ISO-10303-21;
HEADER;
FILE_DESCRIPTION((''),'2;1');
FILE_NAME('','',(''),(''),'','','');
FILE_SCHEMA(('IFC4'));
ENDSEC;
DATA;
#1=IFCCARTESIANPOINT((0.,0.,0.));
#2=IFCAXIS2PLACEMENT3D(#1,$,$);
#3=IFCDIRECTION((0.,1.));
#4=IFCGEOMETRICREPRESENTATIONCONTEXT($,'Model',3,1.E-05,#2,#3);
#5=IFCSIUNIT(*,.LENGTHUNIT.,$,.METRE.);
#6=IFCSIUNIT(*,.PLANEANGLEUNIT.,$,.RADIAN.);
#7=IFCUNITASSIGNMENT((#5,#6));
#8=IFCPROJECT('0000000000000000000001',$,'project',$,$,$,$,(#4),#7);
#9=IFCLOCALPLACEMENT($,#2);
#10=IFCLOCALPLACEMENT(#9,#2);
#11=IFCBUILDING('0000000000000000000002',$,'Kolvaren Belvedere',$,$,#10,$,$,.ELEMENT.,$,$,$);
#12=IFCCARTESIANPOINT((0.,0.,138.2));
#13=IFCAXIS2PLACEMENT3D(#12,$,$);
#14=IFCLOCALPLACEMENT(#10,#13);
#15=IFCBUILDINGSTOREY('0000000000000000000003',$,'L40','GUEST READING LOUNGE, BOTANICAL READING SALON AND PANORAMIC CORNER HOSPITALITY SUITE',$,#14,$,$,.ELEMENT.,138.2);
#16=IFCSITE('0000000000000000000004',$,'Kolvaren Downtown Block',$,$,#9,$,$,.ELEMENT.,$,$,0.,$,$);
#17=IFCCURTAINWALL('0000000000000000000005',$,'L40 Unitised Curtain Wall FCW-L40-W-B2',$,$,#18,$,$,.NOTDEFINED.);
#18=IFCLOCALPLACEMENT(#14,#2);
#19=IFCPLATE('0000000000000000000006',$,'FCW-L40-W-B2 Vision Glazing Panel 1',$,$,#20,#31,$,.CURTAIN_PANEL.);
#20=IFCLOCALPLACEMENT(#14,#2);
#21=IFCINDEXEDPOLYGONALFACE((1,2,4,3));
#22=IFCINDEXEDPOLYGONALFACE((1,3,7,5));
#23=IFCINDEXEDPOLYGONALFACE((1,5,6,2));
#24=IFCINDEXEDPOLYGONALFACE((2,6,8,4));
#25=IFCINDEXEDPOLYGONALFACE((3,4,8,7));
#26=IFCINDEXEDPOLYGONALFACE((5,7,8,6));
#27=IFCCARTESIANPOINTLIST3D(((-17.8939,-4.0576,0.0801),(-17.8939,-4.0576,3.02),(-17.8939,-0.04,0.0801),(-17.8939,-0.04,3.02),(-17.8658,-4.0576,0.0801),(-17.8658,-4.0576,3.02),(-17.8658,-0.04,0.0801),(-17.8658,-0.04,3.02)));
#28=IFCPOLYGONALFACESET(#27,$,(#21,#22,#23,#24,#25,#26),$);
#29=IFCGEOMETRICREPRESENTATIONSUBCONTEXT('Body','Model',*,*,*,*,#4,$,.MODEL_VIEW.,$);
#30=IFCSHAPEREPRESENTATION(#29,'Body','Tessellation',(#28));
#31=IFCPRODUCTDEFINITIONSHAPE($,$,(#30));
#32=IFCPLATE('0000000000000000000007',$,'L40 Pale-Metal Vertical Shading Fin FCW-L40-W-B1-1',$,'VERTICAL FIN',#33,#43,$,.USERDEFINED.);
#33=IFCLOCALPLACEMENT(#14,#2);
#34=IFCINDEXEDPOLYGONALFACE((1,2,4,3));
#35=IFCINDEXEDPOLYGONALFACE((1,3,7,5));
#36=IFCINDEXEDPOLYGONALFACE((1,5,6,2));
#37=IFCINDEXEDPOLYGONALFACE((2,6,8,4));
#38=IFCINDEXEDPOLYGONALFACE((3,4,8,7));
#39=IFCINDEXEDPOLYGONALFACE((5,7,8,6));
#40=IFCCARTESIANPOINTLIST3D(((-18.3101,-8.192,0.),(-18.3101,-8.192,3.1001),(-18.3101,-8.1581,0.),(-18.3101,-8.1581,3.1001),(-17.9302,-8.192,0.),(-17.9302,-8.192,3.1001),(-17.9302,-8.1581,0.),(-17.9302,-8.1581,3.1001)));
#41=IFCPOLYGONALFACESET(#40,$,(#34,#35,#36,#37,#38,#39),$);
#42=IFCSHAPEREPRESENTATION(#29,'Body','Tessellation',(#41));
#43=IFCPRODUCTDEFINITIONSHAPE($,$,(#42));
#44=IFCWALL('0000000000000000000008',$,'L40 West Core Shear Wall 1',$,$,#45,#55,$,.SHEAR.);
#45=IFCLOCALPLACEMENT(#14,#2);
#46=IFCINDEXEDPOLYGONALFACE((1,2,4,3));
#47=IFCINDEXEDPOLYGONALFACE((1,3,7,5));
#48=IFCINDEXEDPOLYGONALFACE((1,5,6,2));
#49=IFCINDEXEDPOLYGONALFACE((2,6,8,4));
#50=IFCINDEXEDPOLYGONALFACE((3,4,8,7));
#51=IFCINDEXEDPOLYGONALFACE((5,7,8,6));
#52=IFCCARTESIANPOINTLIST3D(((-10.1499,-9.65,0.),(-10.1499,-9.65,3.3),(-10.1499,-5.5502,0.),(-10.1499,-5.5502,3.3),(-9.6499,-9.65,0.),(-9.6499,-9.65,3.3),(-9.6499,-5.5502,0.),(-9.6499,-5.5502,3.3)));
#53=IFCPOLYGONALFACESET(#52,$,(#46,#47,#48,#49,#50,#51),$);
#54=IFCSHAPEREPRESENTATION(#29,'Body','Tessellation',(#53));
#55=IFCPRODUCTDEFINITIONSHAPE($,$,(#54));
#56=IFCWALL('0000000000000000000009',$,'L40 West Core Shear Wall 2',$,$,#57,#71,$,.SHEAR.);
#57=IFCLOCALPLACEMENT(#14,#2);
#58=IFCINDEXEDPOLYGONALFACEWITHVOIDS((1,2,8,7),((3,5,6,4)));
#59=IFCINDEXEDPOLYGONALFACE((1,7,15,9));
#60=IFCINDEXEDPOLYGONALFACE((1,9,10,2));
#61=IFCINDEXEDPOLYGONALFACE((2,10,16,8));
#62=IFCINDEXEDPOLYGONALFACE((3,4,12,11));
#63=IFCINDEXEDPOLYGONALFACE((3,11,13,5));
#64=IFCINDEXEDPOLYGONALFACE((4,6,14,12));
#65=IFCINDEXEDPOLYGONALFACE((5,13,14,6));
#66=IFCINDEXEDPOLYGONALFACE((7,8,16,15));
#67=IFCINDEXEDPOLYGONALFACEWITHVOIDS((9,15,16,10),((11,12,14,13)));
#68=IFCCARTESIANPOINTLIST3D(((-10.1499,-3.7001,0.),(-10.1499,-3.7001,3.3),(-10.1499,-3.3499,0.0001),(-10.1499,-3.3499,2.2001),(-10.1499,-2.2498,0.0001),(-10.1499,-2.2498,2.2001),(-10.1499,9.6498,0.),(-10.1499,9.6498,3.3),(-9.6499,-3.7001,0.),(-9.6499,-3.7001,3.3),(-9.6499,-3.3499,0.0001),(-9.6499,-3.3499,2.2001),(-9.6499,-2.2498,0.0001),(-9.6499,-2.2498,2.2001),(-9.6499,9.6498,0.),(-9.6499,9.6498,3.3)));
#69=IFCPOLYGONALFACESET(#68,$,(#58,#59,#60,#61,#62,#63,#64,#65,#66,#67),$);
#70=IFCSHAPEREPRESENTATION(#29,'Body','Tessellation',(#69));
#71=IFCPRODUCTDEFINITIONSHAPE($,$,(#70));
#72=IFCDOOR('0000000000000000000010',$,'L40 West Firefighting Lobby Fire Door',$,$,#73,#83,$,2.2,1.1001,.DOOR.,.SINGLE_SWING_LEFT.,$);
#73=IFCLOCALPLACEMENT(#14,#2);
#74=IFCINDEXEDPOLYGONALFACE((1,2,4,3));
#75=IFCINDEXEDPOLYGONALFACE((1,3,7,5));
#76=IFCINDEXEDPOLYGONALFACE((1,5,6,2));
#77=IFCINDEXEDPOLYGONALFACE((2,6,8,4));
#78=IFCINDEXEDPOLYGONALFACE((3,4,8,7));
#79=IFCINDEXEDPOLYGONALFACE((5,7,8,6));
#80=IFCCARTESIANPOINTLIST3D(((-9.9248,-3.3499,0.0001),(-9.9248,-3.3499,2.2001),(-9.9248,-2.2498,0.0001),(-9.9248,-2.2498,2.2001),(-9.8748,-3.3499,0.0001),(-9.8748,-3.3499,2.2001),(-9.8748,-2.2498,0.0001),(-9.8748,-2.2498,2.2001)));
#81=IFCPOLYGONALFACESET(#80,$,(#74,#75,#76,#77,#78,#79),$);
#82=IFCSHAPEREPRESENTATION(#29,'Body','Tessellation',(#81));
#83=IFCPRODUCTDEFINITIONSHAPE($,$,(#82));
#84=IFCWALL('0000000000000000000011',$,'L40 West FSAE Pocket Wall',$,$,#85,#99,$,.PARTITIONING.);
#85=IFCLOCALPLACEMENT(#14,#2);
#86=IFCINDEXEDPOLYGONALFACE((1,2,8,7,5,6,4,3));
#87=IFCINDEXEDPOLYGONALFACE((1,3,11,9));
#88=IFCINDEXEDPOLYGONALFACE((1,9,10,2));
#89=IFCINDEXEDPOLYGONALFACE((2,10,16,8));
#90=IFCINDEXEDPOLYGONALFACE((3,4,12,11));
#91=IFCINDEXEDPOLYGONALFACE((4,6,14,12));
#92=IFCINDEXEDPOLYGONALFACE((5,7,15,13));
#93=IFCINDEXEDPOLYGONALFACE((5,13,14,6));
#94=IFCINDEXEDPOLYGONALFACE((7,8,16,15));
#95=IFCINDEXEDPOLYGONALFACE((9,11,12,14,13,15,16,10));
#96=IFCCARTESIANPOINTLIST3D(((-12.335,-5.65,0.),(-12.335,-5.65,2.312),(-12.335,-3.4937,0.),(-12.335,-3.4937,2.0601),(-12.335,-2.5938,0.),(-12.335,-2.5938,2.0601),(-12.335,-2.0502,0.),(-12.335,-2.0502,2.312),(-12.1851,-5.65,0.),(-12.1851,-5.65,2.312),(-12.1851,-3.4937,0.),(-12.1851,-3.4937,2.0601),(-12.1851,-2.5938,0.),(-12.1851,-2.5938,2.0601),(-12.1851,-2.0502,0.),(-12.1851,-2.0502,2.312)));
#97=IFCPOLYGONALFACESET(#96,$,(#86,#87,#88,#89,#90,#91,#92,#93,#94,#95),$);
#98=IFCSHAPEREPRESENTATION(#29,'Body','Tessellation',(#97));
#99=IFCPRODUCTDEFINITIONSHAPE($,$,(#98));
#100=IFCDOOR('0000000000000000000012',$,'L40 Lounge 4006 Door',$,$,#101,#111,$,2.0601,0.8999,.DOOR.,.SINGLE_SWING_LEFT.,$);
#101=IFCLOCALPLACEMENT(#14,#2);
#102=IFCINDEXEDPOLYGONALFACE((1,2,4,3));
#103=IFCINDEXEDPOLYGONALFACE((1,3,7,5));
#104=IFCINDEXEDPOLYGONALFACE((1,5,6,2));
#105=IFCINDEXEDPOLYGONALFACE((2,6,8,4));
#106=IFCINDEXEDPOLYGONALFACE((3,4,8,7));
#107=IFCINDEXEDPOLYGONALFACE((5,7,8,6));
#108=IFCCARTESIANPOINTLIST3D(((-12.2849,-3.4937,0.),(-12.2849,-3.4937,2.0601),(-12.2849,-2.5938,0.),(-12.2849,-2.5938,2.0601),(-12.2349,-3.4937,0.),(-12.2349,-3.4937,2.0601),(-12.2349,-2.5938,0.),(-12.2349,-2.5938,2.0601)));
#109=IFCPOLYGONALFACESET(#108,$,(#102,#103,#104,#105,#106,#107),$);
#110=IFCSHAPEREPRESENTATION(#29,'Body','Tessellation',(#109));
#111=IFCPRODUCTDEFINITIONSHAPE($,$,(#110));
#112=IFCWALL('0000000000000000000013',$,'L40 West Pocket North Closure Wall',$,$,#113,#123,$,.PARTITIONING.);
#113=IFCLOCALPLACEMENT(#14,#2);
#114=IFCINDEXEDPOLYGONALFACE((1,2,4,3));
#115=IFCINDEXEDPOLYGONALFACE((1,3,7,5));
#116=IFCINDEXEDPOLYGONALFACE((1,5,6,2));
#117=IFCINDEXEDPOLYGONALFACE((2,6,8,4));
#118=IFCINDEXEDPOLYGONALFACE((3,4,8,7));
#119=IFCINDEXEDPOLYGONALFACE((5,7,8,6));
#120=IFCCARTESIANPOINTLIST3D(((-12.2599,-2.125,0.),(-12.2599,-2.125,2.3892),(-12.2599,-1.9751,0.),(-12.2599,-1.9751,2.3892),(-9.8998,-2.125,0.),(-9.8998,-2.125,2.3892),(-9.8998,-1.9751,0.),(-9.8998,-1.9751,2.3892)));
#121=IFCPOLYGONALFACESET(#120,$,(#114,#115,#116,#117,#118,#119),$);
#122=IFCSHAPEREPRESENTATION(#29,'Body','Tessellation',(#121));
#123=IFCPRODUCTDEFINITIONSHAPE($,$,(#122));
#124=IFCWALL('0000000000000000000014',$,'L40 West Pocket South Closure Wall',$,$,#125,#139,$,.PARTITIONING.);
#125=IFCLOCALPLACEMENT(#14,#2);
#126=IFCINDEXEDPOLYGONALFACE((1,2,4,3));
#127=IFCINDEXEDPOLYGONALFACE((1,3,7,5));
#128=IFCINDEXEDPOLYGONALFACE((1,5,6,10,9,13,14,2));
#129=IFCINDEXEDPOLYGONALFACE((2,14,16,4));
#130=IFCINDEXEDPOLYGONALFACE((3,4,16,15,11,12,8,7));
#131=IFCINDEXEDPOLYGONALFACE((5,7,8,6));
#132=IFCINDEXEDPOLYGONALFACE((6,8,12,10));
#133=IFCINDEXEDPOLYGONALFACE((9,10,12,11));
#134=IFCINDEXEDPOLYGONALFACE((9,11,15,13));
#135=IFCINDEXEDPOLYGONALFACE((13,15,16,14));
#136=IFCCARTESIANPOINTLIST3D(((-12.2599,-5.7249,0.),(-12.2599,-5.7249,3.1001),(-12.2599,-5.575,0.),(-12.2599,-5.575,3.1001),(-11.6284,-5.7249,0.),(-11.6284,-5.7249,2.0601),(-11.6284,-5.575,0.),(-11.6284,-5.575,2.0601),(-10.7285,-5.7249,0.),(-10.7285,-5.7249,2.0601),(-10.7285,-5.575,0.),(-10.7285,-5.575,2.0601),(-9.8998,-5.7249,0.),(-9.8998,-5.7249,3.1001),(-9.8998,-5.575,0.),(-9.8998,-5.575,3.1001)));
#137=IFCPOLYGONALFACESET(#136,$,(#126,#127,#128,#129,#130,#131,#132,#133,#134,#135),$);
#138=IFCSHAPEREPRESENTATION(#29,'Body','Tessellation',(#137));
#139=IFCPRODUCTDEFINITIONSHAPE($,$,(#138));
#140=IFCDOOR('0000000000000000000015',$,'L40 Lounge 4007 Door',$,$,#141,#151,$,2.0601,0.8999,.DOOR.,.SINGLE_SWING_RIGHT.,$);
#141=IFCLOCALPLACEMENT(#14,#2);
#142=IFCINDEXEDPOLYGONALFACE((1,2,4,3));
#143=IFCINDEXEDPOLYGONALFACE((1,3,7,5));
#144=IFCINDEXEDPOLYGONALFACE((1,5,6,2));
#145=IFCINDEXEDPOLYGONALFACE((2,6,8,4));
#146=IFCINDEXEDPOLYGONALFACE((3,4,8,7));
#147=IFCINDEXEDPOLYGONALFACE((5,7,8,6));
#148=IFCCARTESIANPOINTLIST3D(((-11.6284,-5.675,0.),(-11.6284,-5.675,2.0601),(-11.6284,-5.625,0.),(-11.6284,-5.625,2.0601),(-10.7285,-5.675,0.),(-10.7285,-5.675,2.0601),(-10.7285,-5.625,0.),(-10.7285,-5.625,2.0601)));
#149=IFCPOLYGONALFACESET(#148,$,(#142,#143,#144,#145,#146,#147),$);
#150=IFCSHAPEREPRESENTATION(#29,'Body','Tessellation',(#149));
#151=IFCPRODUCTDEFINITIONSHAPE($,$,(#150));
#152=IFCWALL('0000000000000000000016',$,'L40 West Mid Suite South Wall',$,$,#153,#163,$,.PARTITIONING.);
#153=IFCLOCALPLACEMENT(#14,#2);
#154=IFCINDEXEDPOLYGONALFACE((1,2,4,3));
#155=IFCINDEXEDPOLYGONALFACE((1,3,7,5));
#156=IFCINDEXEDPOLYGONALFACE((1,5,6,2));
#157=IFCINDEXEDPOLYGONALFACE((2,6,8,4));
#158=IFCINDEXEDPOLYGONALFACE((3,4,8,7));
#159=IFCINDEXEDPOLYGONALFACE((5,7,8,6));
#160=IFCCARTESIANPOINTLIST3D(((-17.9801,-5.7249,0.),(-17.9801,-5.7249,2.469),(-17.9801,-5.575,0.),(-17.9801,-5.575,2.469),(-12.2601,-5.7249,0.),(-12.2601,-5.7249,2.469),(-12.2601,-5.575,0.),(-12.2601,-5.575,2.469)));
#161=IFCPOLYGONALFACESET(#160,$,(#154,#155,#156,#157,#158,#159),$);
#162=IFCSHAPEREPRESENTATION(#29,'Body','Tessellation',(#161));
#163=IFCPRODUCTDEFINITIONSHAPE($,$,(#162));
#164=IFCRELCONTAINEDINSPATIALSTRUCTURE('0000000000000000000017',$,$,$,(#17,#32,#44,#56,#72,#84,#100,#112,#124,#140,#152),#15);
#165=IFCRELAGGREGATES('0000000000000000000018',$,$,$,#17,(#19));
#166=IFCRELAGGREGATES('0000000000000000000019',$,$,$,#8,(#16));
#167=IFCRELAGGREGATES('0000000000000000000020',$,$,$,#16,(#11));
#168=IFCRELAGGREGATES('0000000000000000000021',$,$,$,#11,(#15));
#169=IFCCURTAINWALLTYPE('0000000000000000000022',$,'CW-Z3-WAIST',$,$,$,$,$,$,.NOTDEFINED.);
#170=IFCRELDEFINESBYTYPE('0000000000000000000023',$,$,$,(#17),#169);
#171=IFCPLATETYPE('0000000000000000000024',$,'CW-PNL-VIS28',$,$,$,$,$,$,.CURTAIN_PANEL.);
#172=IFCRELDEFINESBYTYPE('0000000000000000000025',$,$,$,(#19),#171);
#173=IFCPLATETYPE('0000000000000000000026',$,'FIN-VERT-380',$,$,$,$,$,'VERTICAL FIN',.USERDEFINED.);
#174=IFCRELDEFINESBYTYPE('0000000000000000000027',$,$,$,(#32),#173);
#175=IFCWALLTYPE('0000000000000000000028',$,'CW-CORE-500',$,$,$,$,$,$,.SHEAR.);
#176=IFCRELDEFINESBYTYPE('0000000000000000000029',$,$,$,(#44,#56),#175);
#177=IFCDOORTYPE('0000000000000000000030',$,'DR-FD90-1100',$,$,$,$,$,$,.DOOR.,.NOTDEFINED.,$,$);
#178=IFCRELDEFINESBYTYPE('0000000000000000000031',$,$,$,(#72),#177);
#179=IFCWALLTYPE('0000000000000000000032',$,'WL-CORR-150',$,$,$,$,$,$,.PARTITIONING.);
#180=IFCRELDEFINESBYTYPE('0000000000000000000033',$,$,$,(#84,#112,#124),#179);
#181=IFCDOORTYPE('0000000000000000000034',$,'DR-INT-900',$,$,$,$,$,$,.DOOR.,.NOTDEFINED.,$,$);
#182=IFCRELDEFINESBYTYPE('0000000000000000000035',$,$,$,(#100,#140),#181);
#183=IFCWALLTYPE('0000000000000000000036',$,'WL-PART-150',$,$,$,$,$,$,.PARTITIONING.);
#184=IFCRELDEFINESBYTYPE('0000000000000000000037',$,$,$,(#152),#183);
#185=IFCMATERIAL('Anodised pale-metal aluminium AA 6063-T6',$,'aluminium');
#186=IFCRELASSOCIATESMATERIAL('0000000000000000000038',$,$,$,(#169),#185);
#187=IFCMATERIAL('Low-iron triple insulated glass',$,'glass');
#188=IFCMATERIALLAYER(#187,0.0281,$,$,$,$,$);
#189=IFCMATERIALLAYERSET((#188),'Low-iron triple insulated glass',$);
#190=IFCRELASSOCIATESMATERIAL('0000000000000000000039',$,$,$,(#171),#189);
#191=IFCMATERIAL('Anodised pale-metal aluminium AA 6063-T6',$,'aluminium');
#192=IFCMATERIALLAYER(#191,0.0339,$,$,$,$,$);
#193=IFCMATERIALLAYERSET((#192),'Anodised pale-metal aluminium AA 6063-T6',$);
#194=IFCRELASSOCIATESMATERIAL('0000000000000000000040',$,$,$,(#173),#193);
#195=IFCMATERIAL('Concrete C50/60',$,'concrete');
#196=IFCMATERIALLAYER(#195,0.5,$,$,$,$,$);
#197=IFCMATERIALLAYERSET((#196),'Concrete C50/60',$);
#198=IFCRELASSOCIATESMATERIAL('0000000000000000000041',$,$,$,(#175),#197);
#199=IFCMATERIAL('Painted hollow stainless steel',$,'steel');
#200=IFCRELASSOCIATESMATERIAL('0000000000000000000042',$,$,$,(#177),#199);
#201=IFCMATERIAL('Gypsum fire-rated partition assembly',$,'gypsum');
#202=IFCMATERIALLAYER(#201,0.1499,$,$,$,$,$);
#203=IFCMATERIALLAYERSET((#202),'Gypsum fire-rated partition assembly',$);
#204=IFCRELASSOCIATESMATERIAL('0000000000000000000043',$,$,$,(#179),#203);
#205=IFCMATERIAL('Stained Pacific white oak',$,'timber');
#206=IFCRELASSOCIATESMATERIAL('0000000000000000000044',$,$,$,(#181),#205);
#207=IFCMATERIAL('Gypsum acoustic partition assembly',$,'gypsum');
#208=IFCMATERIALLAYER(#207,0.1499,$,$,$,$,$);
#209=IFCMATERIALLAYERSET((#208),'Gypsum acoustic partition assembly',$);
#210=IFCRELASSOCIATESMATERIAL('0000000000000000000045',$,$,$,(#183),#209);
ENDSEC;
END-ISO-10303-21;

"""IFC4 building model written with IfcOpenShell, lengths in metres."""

from ifc_helpers import new_model, si_unit, direction, frame, frame_2d, origin, origin_2d, place, context, subcontext, project, spatial, rectangle, extrude, material, layer, layer_set, type_object, element, fill, aggregate, save


model = new_model("IFC4")

# Units and contexts
model_context = context("Model", 3, precision=1e-05, world=origin(), true_north=direction((0.0, 1.0)))
body_context = subcontext(model_context, "Body", "Model", "MODEL_VIEW")
ifc_project = project(units=[si_unit("LENGTHUNIT", "METRE"), si_unit("PLANEANGLEUNIT", "RADIAN")], contexts=[model_context])

# Site, building, storey
site_placement = place(None, origin())
site = spatial("IfcSite", under=ifc_project, at=site_placement, Name="Kolvaren Downtown Block", CompositionType="ELEMENT", RefElevation=0.0)
building_placement = place(site_placement, origin())
building = spatial("IfcBuilding", under=site, at=building_placement, Name="Kolvaren Belvedere", CompositionType="ELEMENT")
storey_placement = place(building_placement, frame((0.0, 0.0, 138.2)))
storey = spatial("IfcBuildingStorey", under=building, at=storey_placement, Name="L40", Description="GUEST READING LOUNGE, BOTANICAL READING SALON AND PANORAMIC CORNER HOSPITALITY SUITE", CompositionType="ELEMENT", Elevation=138.2)

# Shared definitions
ifc_material_1 = material(Name="Anodised pale-metal aluminium AA 6063-T6", Category="aluminium")
curtain_wall_type = type_object("IfcCurtainWallType", Name="CW-Z3-WAIST", PredefinedType="NOTDEFINED", material=ifc_material_1)

# Curtain wall
curtain_wall_1_placement = place(storey_placement, origin())
curtain_wall_1 = element("IfcCurtainWall", 1, at=curtain_wall_1_placement, inside=storey, type_object=curtain_wall_type, Name="L40 Unitised Curtain Wall FCW-L40-W-B2", PredefinedType="NOTDEFINED")

# Plates
ifc_material_2 = material(Name="Low-iron triple insulated glass", Category="glass")
ifc_layer_1 = layer(ifc_material_2, 0.0281)
ifc_layer_set_1 = layer_set([ifc_layer_1], Name="Low-iron triple insulated glass")
plate_type_1 = type_object("IfcPlateType", Name="CW-PNL-VIS28", PredefinedType="CURTAIN_PANEL", material=ifc_layer_set_1)
plate_1_placement = place(storey_placement, frame((-17.8799, -2.0488, 0.0801), z_axis=(0.0, 0.0, 1.0), x_axis=(0.0, 1.0, 0.0)))
plate_1 = element("IfcPlate", 2, at=plate_1_placement, type_object=plate_type_1, Name="FCW-L40-W-B2 Vision Glazing Panel 1", PredefinedType="CURTAIN_PANEL", context=body_context, shape_type="SweptSolid", body=[
    extrude(rectangle(XDim=4.0176, YDim=0.0281, at=origin_2d()), origin(), (0.0, 0.0, 1.0), 2.9399),
])
aggregate(curtain_wall_1, [plate_1])
ifc_material_3 = material(Name="Anodised pale-metal aluminium AA 6063-T6", Category="aluminium")
ifc_layer_2 = layer(ifc_material_3, 0.0339)
ifc_layer_set_2 = layer_set([ifc_layer_2], Name="Anodised pale-metal aluminium AA 6063-T6")
plate_type_2 = type_object("IfcPlateType", Name="FIN-VERT-380", ElementType="VERTICAL FIN", PredefinedType="USERDEFINED", material=ifc_layer_set_2)
plate_2_placement = place(storey_placement, frame((-18.1201, -8.175, 0.0), z_axis=(0.0, 0.0, 1.0), x_axis=(1.0, 0.0, 0.0)))
element("IfcPlate", 3, at=plate_2_placement, inside=storey, type_object=plate_type_2, Name="L40 Pale-Metal Vertical Shading Fin FCW-L40-W-B1-1", ObjectType="VERTICAL FIN", PredefinedType="USERDEFINED", context=body_context, shape_type="SweptSolid", body=[
    extrude(rectangle(XDim=0.3799, YDim=0.0339, at=origin_2d()), origin(), (0.0, 0.0, 1.0), 3.1001),
])

# Wall
ifc_material_4 = material(Name="Concrete C50/60", Category="concrete")
ifc_layer_3 = layer(ifc_material_4, 0.5)
ifc_layer_set_3 = layer_set([ifc_layer_3], Name="Concrete C50/60")
wall_type_1 = type_object("IfcWallType", Name="CW-CORE-500", PredefinedType="SHEAR", material=ifc_layer_set_3)
wall_1_placement = place(storey_placement, frame((-9.8999, -9.6499, 0.0), z_axis=(0.0, 0.0, 1.0), x_axis=(0.0, 1.0, 0.0)))
element("IfcWall", 4, at=wall_1_placement, inside=storey, type_object=wall_type_1, Name="L40 West Core Shear Wall 1", PredefinedType="SHEAR", context=body_context, shape_type="SweptSolid", body=[
    extrude(rectangle(XDim=4.0999, YDim=0.5, at=frame_2d((2.0498, 0.0))), origin(), (0.0, 0.0, 1.0), 3.3),
])

# Walls, openings, doors
wall_2_placement = place(storey_placement, frame((-9.8999, -3.7, 0.0), z_axis=(0.0, 0.0, 1.0), x_axis=(0.0, 1.0, 0.0)))
wall_2 = element("IfcWall", 5, at=wall_2_placement, inside=storey, type_object=wall_type_1, Name="L40 West Core Shear Wall 2", PredefinedType="SHEAR", context=body_context, shape_type="SweptSolid", body=[
    extrude(rectangle(XDim=13.3499, YDim=0.5, at=frame_2d((6.6748, 0.0))), origin(), (0.0, 0.0, 1.0), 3.3),
])
opening_1_placement = place(wall_2_placement, frame((0.3501, 0.0, 0.0)))
opening_1 = element("IfcOpeningElement", 6, at=opening_1_placement, cuts=wall_2, PredefinedType="OPENING", context=body_context, shape_type="SweptSolid", body=[
    extrude(rectangle(XDim=1.1001, YDim=2.2, at=frame_2d((0.55, 1.1001))), frame((0.0, 0.26, 0.0), z_axis=(0.0, -1.0, 0.0), x_axis=(1.0, 0.0, 0.0)), (0.0, 0.0, 1.0), 0.52),
])
ifc_material_5 = material(Name="Painted hollow stainless steel", Category="steel")
door_type_1 = type_object("IfcDoorType", Name="DR-FD90-1100", OperationType="NOTDEFINED", PredefinedType="DOOR", material=ifc_material_5)
door_1_placement = place(opening_1_placement, origin())
door_1 = element("IfcDoor", 7, at=door_1_placement, inside=storey, type_object=door_type_1, Name="L40 West Firefighting Lobby Fire Door", OperationType="SINGLE_SWING_LEFT", OverallHeight=2.2, OverallWidth=1.1001, PredefinedType="DOOR", context=body_context, shape_type="SweptSolid", body=[
    extrude(rectangle(XDim=1.1001, YDim=2.2, at=frame_2d((0.55, 1.1001))), frame((0.0, 0.0249, 0.0), z_axis=(0.0, -1.0, 0.0), x_axis=(1.0, 0.0, 0.0)), (0.0, 0.0, 1.0), 0.05),
])
fill(opening_1, door_1)
ifc_material_6 = material(Name="Gypsum fire-rated partition assembly", Category="gypsum")
ifc_layer_4 = layer(ifc_material_6, 0.1499)
ifc_layer_set_4 = layer_set([ifc_layer_4], Name="Gypsum fire-rated partition assembly")
wall_type_2 = type_object("IfcWallType", Name="WL-CORR-150", PredefinedType="PARTITIONING", material=ifc_layer_set_4)
wall_3_placement = place(storey_placement, frame((-12.26, -5.6499, 0.0), z_axis=(0.0, 0.0, 1.0), x_axis=(0.0, 1.0, 0.0)))
wall_3 = element("IfcWall", 8, at=wall_3_placement, inside=storey, type_object=wall_type_2, Name="L40 West FSAE Pocket Wall", PredefinedType="PARTITIONING", context=body_context, shape_type="SweptSolid", body=[
    extrude(rectangle(XDim=3.5999, YDim=0.1499, at=frame_2d((1.7998, 0.0))), origin(), (0.0, 0.0, 1.0), 2.312),
])
opening_2_placement = place(wall_3_placement, frame((2.1562, 0.0, 0.0)))
opening_2 = element("IfcOpeningElement", 9, at=opening_2_placement, cuts=wall_3, PredefinedType="OPENING", context=body_context, shape_type="SweptSolid", body=[
    extrude(rectangle(XDim=0.8999, YDim=2.0601, at=frame_2d((0.45, 1.03))), frame((0.0, 0.085, 0.0), z_axis=(0.0, -1.0, 0.0), x_axis=(1.0, 0.0, 0.0)), (0.0, 0.0, 1.0), 0.1699),
])
ifc_material_7 = material(Name="Stained Pacific white oak", Category="timber")
door_type_2 = type_object("IfcDoorType", Name="DR-INT-900", OperationType="NOTDEFINED", PredefinedType="DOOR", material=ifc_material_7)
door_2_placement = place(opening_2_placement, origin())
door_2 = element("IfcDoor", 10, at=door_2_placement, inside=storey, type_object=door_type_2, Name="L40 Lounge 4006 Door", OperationType="SINGLE_SWING_LEFT", OverallHeight=2.0601, OverallWidth=0.8999, PredefinedType="DOOR", context=body_context, shape_type="SweptSolid", body=[
    extrude(rectangle(XDim=0.8999, YDim=2.0601, at=frame_2d((0.45, 1.03))), frame((0.0, 0.0249, 0.0), z_axis=(0.0, -1.0, 0.0), x_axis=(1.0, 0.0, 0.0)), (0.0, 0.0, 1.0), 0.05),
])
fill(opening_2, door_2)

# Wall
wall_4_placement = place(storey_placement, frame((-12.26, -2.05, 0.0), z_axis=(0.0, 0.0, 1.0), x_axis=(1.0, 0.0, 0.0)))
element("IfcWall", 11, at=wall_4_placement, inside=storey, type_object=wall_type_2, Name="L40 West Pocket North Closure Wall", PredefinedType="PARTITIONING", context=body_context, shape_type="SweptSolid", body=[
    extrude(rectangle(XDim=2.3601, YDim=0.1499, at=frame_2d((1.1802, 0.0))), origin(), (0.0, 0.0, 1.0), 2.3892),
])

# Wall, opening, door
wall_5_placement = place(storey_placement, frame((-12.26, -5.6499, 0.0), z_axis=(0.0, 0.0, 1.0), x_axis=(1.0, 0.0, 0.0)))
wall_5 = element("IfcWall", 12, at=wall_5_placement, inside=storey, type_object=wall_type_2, Name="L40 West Pocket South Closure Wall", PredefinedType="PARTITIONING", context=body_context, shape_type="SweptSolid", body=[
    extrude(rectangle(XDim=2.3601, YDim=0.1499, at=frame_2d((1.1802, 0.0))), origin(), (0.0, 0.0, 1.0), 3.1001),
])
opening_3_placement = place(wall_5_placement, frame((0.6316, 0.0, 0.0)))
opening_3 = element("IfcOpeningElement", 13, at=opening_3_placement, cuts=wall_5, PredefinedType="OPENING", context=body_context, shape_type="SweptSolid", body=[
    extrude(rectangle(XDim=0.8999, YDim=2.0601, at=frame_2d((0.45, 1.03))), frame((0.0, 0.085, 0.0), z_axis=(0.0, -1.0, 0.0), x_axis=(1.0, 0.0, 0.0)), (0.0, 0.0, 1.0), 0.1699),
])
door_3_placement = place(opening_3_placement, origin())
door_3 = element("IfcDoor", 14, at=door_3_placement, inside=storey, type_object=door_type_2, Name="L40 Lounge 4007 Door", OperationType="SINGLE_SWING_RIGHT", OverallHeight=2.0601, OverallWidth=0.8999, PredefinedType="DOOR", context=body_context, shape_type="SweptSolid", body=[
    extrude(rectangle(XDim=0.8999, YDim=2.0601, at=frame_2d((0.45, 1.03))), frame((0.0, 0.0249, 0.0), z_axis=(0.0, -1.0, 0.0), x_axis=(1.0, 0.0, 0.0)), (0.0, 0.0, 1.0), 0.05),
])
fill(opening_3, door_3)

# Wall
ifc_material_8 = material(Name="Gypsum acoustic partition assembly", Category="gypsum")
ifc_layer_5 = layer(ifc_material_8, 0.1499)
ifc_layer_set_5 = layer_set([ifc_layer_5], Name="Gypsum acoustic partition assembly")
wall_type_3 = type_object("IfcWallType", Name="WL-PART-150", PredefinedType="PARTITIONING", material=ifc_layer_set_5)
wall_6_placement = place(storey_placement, frame((-17.98, -5.6499, 0.0), z_axis=(0.0, 0.0, 1.0), x_axis=(1.0, 0.0, 0.0)))
element("IfcWall", 15, at=wall_6_placement, inside=storey, type_object=wall_type_3, Name="L40 West Mid Suite South Wall", PredefinedType="PARTITIONING", context=body_context, shape_type="SweptSolid", body=[
    extrude(rectangle(XDim=5.72, YDim=0.1499, at=frame_2d((2.8599, 0.0))), origin(), (0.0, 0.0, 1.0), 2.469),
])

save(model, "model.ifc")
